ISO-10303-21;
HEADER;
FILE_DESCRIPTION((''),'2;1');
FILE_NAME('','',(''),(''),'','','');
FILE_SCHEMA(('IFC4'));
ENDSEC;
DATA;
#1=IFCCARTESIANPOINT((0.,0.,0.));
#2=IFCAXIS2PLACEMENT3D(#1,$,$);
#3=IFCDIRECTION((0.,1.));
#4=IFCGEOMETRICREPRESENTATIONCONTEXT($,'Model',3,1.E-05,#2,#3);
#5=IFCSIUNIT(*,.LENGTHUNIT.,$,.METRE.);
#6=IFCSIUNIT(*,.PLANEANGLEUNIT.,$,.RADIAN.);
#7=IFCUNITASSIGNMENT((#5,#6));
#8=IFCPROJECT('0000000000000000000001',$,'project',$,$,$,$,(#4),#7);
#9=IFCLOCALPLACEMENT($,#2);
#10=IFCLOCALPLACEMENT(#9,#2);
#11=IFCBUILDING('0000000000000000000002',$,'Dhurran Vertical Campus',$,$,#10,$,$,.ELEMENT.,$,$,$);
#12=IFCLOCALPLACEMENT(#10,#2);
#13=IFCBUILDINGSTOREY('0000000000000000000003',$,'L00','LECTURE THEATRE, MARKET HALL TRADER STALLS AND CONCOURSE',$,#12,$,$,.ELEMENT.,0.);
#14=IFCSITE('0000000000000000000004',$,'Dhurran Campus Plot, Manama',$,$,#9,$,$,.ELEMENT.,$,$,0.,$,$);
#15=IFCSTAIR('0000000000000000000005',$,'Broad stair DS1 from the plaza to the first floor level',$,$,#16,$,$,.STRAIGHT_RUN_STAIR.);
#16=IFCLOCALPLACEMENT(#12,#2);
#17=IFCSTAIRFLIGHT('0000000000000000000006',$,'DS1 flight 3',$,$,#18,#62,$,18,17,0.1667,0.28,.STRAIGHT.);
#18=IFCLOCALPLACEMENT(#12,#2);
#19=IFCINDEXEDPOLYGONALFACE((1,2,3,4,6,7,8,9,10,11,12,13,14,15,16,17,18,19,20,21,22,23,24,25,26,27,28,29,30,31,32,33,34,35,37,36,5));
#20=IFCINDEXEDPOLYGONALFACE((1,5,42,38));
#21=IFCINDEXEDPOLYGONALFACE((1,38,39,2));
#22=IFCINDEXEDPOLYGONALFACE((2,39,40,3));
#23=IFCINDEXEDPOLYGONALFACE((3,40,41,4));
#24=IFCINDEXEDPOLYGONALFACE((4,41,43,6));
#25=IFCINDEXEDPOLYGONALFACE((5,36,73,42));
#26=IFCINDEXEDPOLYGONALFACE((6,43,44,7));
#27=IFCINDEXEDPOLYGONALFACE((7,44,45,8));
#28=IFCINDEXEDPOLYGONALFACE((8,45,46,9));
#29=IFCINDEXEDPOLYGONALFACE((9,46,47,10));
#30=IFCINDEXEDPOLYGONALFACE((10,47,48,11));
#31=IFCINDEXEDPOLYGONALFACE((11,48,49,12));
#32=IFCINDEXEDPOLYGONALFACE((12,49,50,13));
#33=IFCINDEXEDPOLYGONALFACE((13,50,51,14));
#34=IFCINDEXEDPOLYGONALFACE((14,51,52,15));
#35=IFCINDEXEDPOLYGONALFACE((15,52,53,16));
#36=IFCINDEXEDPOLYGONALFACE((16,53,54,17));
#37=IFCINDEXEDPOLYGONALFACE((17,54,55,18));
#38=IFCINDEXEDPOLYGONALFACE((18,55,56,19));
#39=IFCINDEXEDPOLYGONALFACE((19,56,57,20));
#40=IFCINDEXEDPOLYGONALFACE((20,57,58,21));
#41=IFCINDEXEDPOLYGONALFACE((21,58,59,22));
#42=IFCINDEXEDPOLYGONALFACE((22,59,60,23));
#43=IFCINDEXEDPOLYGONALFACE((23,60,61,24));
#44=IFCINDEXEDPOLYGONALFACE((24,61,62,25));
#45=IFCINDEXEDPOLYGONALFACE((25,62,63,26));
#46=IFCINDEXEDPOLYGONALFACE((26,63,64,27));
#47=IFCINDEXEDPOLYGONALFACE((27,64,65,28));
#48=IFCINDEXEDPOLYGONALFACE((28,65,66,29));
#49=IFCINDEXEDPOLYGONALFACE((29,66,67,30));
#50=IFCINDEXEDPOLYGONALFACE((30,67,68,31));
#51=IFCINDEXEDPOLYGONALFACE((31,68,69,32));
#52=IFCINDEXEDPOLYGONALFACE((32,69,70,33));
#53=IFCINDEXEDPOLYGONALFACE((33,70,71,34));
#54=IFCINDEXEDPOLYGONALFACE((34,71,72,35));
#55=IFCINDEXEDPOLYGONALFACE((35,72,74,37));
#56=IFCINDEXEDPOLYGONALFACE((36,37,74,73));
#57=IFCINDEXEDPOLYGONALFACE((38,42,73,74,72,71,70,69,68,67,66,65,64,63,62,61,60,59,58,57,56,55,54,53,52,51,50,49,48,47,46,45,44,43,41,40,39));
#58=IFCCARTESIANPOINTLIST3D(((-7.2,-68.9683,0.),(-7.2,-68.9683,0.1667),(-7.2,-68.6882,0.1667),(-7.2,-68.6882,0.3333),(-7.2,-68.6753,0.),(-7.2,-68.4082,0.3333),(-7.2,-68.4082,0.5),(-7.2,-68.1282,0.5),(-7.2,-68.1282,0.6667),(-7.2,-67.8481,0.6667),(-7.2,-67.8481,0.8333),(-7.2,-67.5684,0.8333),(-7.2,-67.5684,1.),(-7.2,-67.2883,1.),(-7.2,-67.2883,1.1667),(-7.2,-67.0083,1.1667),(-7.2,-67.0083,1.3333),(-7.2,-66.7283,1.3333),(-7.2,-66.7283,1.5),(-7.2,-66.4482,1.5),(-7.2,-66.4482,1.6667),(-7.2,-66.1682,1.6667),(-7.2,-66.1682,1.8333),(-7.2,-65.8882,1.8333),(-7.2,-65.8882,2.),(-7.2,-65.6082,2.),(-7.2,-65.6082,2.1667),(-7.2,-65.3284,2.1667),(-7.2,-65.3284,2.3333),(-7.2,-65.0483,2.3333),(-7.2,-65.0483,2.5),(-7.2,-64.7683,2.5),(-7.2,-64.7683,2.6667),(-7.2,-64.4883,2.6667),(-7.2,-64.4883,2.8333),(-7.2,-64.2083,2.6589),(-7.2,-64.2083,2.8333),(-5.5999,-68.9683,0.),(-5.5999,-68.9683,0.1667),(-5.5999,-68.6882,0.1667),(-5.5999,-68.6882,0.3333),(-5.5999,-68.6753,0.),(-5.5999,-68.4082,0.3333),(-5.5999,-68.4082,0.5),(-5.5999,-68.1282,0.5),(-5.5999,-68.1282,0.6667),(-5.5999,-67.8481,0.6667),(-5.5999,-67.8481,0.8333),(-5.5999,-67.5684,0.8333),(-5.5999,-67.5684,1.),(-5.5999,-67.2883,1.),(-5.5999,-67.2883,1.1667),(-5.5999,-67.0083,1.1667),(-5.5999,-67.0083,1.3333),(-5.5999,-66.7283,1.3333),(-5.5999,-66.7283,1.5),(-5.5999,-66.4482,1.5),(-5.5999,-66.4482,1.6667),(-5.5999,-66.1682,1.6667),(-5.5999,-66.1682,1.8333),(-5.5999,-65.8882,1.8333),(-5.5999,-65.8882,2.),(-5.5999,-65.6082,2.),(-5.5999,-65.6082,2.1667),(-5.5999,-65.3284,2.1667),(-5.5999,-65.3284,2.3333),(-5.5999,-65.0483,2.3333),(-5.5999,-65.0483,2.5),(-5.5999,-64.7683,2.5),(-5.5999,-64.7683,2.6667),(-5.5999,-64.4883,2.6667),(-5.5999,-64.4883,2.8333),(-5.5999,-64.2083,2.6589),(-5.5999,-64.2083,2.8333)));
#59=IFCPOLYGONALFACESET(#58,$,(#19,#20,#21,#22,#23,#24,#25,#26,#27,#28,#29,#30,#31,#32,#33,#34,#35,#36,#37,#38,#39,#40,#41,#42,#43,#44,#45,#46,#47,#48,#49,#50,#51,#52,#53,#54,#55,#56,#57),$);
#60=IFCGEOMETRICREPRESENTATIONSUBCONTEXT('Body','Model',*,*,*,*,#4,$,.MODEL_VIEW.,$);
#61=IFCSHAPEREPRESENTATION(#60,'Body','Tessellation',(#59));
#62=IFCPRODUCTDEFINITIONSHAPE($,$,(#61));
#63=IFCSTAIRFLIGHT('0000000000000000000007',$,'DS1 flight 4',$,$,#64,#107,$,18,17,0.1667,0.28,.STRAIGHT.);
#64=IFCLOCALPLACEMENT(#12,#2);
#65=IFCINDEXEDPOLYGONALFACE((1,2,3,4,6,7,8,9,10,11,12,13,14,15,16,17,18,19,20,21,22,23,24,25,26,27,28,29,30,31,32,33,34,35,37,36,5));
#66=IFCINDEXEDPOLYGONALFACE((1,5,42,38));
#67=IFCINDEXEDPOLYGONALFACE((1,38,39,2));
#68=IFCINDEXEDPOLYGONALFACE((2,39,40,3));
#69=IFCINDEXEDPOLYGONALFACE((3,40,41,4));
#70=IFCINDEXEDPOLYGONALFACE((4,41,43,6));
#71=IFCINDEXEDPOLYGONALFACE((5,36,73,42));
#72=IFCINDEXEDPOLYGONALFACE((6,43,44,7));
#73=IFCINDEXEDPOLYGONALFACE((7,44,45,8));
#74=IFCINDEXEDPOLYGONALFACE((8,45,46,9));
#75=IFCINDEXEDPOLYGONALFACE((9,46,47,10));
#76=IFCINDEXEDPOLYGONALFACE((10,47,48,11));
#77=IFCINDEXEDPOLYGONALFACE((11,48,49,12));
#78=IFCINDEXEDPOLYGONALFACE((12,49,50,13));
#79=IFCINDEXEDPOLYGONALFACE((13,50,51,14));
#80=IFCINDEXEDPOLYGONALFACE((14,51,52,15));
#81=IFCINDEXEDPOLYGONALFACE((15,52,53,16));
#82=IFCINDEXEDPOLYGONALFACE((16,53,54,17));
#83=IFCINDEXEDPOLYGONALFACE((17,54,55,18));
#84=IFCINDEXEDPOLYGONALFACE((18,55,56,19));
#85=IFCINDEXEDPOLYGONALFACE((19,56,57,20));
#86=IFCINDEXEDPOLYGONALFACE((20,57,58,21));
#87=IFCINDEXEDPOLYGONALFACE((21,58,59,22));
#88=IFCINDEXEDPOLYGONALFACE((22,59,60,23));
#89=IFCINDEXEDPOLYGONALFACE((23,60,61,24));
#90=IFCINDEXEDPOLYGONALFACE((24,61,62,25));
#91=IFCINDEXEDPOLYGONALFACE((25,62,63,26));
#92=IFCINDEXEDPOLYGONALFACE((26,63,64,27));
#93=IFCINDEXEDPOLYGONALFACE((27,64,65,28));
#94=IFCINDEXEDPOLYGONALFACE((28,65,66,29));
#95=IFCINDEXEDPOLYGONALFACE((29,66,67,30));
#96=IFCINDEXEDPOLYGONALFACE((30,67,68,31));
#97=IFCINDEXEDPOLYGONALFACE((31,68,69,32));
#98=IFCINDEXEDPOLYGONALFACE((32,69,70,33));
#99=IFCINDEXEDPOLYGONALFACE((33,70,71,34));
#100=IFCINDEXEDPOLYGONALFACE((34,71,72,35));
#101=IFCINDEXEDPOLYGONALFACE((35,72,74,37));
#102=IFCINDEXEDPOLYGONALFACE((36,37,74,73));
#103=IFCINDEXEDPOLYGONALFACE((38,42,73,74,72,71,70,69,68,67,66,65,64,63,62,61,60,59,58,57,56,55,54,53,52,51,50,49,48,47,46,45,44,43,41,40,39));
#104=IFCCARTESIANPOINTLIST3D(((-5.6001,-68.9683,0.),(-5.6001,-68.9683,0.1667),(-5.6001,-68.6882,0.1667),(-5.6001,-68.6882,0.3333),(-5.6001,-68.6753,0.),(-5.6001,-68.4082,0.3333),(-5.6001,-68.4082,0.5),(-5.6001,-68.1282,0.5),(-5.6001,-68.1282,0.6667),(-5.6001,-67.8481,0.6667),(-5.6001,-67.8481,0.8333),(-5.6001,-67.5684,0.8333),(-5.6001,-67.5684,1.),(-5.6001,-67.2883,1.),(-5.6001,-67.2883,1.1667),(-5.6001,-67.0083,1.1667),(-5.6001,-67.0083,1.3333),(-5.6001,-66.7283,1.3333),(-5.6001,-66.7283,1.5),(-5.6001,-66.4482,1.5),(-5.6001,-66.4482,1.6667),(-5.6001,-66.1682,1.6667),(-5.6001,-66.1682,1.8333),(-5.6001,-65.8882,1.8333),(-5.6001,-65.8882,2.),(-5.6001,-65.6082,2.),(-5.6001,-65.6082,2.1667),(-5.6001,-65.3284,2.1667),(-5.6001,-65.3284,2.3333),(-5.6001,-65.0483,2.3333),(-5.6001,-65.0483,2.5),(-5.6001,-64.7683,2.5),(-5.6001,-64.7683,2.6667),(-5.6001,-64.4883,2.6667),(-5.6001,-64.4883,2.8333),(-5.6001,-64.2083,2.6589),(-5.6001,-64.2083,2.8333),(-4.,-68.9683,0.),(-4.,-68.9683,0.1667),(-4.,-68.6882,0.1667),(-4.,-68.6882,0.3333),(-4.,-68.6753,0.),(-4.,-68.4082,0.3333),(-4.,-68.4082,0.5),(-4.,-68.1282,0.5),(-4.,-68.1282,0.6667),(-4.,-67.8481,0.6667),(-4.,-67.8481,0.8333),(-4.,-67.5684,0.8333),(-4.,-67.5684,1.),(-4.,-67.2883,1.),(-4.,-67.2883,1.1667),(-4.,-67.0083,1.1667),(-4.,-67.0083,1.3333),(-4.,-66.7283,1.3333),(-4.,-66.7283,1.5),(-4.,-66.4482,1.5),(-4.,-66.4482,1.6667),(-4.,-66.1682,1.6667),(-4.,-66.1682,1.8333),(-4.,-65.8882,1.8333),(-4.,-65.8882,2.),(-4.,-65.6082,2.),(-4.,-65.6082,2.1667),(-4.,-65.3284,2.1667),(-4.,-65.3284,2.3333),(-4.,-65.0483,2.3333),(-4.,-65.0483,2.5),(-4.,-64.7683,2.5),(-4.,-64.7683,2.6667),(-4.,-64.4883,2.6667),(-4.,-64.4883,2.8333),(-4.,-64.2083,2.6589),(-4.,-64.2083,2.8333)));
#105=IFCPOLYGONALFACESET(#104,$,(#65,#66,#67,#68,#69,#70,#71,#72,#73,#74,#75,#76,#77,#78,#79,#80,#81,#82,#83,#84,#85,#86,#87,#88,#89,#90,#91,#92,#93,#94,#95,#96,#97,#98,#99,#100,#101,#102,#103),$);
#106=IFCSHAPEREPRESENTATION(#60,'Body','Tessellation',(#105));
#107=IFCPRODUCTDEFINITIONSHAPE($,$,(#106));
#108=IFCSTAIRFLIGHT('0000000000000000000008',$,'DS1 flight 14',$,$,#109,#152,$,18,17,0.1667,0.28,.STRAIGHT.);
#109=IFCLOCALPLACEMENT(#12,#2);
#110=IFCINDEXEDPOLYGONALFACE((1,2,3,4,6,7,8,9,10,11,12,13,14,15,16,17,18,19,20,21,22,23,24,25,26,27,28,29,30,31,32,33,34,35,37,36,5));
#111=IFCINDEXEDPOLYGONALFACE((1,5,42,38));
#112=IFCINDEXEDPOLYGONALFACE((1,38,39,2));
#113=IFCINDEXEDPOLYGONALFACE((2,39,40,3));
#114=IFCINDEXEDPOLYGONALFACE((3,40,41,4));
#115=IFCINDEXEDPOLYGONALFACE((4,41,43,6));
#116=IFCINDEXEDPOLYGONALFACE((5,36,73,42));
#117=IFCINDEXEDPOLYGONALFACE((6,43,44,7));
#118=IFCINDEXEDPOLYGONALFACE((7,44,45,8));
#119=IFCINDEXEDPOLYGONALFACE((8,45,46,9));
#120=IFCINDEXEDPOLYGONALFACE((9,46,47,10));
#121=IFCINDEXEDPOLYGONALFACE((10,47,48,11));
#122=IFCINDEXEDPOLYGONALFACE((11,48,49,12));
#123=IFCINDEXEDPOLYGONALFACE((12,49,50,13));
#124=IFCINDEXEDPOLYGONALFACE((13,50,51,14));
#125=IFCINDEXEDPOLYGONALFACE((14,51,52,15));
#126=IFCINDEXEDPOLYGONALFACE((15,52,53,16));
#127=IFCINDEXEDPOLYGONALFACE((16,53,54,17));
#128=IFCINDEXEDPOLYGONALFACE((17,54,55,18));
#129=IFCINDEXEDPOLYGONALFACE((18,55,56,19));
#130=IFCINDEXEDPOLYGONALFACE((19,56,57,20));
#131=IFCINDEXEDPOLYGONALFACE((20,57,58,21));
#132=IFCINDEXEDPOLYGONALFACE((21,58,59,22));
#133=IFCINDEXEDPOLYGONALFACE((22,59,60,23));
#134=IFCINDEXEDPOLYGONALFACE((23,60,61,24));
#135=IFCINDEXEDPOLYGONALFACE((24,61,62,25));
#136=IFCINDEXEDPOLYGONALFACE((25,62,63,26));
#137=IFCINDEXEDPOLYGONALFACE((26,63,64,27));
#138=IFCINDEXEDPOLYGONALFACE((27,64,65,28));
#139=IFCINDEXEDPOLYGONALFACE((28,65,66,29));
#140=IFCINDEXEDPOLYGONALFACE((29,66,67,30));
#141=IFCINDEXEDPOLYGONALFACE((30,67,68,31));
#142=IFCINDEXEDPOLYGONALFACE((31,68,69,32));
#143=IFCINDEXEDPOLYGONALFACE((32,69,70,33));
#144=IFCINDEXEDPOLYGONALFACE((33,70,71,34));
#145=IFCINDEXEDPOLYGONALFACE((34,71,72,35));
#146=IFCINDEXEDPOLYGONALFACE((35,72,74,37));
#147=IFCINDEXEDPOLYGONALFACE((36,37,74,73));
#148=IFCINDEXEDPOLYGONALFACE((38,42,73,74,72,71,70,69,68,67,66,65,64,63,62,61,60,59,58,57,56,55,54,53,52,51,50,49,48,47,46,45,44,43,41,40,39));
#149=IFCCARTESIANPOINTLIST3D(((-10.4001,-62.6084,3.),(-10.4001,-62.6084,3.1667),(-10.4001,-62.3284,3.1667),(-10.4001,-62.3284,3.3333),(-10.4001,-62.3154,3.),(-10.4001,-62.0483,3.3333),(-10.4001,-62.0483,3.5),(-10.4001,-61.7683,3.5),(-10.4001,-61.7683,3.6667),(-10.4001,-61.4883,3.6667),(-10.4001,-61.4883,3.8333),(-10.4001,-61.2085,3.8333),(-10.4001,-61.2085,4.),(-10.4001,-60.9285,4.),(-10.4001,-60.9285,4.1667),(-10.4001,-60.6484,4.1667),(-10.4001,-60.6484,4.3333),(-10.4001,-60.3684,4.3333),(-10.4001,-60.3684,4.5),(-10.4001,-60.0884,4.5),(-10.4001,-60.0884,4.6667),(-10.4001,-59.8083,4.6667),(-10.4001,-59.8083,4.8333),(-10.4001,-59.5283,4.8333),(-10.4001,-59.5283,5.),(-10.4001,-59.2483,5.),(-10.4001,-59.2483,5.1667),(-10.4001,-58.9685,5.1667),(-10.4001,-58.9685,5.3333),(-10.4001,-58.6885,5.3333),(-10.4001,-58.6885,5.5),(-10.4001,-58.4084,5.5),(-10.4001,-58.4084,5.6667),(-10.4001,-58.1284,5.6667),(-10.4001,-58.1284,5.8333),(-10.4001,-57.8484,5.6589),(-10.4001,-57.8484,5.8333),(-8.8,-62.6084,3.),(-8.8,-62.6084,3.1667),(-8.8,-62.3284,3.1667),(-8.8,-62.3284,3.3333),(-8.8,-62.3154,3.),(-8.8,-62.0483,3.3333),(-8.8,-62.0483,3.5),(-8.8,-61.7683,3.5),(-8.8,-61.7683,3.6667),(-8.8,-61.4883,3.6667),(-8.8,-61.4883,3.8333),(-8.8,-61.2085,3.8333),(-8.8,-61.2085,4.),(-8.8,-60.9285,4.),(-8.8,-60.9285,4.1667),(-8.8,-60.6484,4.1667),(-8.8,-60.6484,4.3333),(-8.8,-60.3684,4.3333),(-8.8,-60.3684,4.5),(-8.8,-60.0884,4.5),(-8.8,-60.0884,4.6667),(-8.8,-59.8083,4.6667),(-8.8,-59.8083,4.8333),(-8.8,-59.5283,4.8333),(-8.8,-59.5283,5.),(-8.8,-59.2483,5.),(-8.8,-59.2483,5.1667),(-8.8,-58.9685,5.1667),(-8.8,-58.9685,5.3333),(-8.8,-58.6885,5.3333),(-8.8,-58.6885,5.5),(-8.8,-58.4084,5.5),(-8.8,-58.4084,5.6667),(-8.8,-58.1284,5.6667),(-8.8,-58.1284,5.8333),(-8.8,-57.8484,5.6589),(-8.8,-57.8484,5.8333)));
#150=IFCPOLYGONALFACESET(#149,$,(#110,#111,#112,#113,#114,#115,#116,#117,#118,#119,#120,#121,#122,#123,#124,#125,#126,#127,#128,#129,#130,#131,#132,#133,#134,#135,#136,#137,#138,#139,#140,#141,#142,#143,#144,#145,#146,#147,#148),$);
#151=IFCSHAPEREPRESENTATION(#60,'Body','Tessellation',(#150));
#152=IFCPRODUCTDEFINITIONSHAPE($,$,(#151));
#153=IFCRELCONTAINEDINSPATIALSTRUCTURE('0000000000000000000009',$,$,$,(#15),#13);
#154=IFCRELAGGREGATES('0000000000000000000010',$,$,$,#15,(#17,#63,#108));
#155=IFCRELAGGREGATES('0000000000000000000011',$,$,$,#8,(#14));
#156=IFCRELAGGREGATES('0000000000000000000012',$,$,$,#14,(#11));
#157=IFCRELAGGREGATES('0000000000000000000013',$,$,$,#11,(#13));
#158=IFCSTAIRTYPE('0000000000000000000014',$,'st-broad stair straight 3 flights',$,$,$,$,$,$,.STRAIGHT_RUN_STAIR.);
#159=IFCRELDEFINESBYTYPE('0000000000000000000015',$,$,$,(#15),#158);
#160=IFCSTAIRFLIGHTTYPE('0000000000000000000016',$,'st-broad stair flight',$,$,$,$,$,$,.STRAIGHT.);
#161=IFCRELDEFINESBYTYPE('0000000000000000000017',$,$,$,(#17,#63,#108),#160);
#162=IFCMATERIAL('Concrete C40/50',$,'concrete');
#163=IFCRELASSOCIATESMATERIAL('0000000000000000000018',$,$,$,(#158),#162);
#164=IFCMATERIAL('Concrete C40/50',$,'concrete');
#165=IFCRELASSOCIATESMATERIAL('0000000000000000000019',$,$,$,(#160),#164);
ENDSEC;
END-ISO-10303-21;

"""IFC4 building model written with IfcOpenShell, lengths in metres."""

from ifc_helpers import new_model, si_unit, direction, frame, origin, place, context, subcontext, project, spatial, polyline, outline, extrude, material, type_object, element, aggregate, save


model = new_model("IFC4")

# Units and contexts
model_context = context("Model", 3, precision=1e-05, world=origin(), true_north=direction((0.0, 1.0)))
body_context = subcontext(model_context, "Body", "Model", "MODEL_VIEW")
ifc_project = project(units=[si_unit("LENGTHUNIT", "METRE"), si_unit("PLANEANGLEUNIT", "RADIAN")], contexts=[model_context])

# Site, building, storey
site_placement = place(None, origin())
site = spatial("IfcSite", under=ifc_project, at=site_placement, Name="Dhurran Campus Plot, Manama", CompositionType="ELEMENT", RefElevation=0.0)
building_placement = place(site_placement, origin())
building = spatial("IfcBuilding", under=site, at=building_placement, Name="Dhurran Vertical Campus", CompositionType="ELEMENT")
storey_placement = place(building_placement, origin())
storey = spatial("IfcBuildingStorey", under=building, at=storey_placement, Name="L00", Description="LECTURE THEATRE, MARKET HALL TRADER STALLS AND CONCOURSE", CompositionType="ELEMENT", Elevation=0.0)

# Stair, stair flights
ifc_material_1 = material(Name="Concrete C40/50", Category="concrete")
stair_type = type_object("IfcStairType", Name="st-broad stair straight 3 flights", PredefinedType="STRAIGHT_RUN_STAIR", material=ifc_material_1)
stair_placement = place(storey_placement, origin())
stair = element("IfcStair", 1, at=stair_placement, inside=storey, type_object=stair_type, Name="Broad stair DS1 from the plaza to the first floor level", PredefinedType="STRAIGHT_RUN_STAIR")
ifc_material_2 = material(Name="Concrete C40/50", Category="concrete")
stair_flight_type = type_object("IfcStairFlightType", Name="st-broad stair flight", PredefinedType="STRAIGHT", material=ifc_material_2)
stair_flight_1_placement = place(storey_placement, frame((-6.3999, -68.9683, 0.0), z_axis=(0.0, 0.0, 1.0), x_axis=(0.0, 1.0, 0.0)))
stair_flight_1 = element("IfcStairFlight", 2, at=stair_flight_1_placement, type_object=stair_flight_type, Name="DS1 flight 3", NumberOfRisers=18, NumberOfTreads=17, PredefinedType="STRAIGHT", RiserHeight=0.1667, TreadLength=0.28, context=body_context, shape_type="SweptSolid", body=[
    extrude(outline(polyline([(0.0, 0.0), (0.0, 0.1667), (0.28, 0.1667), (0.28, 0.3333), (0.5601, 0.3333), (0.5601, 0.5), (0.8401, 0.5), (0.8401, 0.6667), (1.1201, 0.6667), (1.1201, 0.8333), (1.3999, 0.8333), (1.3999, 1.0), (1.6799, 1.0), (1.6799, 1.1667), (1.96, 1.1667), (1.96, 1.3333), (2.24, 1.3333), (2.24, 1.5), (2.52, 1.5), (2.52, 1.6667), (2.8, 1.6667), (2.8, 1.8333), (3.0801, 1.8333), (3.0801, 2.0), (3.3601, 2.0), (3.3601, 2.1667), (3.6399, 2.1667), (3.6399, 2.3333), (3.9199, 2.3333), (3.9199, 2.5), (4.2, 2.5), (4.2, 2.6667), (4.48, 2.6667), (4.48, 2.8333), (4.76, 2.8333), (4.76, 3.0), (4.76, 2.6589), (0.293, 0.0), (0.0, 0.0)])), frame((0.0, 0.8, 0.0), z_axis=(0.0, -1.0, 0.0), x_axis=(1.0, 0.0, 0.0)), (0.0, 0.0, 1.0), 1.6001),
])
stair_flight_2_placement = place(storey_placement, frame((-4.8, -68.9683, 0.0), z_axis=(0.0, 0.0, 1.0), x_axis=(0.0, 1.0, 0.0)))
stair_flight_2 = element("IfcStairFlight", 3, at=stair_flight_2_placement, type_object=stair_flight_type, Name="DS1 flight 4", NumberOfRisers=18, NumberOfTreads=17, PredefinedType="STRAIGHT", RiserHeight=0.1667, TreadLength=0.28, context=body_context, shape_type="SweptSolid", body=[
    extrude(outline(polyline([(0.0, 0.0), (0.0, 0.1667), (0.28, 0.1667), (0.28, 0.3333), (0.5601, 0.3333), (0.5601, 0.5), (0.8401, 0.5), (0.8401, 0.6667), (1.1201, 0.6667), (1.1201, 0.8333), (1.3999, 0.8333), (1.3999, 1.0), (1.6799, 1.0), (1.6799, 1.1667), (1.96, 1.1667), (1.96, 1.3333), (2.24, 1.3333), (2.24, 1.5), (2.52, 1.5), (2.52, 1.6667), (2.8, 1.6667), (2.8, 1.8333), (3.0801, 1.8333), (3.0801, 2.0), (3.3601, 2.0), (3.3601, 2.1667), (3.6399, 2.1667), (3.6399, 2.3333), (3.9199, 2.3333), (3.9199, 2.5), (4.2, 2.5), (4.2, 2.6667), (4.48, 2.6667), (4.48, 2.8333), (4.76, 2.8333), (4.76, 3.0), (4.76, 2.6589), (0.293, 0.0), (0.0, 0.0)])), frame((0.0, 0.8, 0.0), z_axis=(0.0, -1.0, 0.0), x_axis=(1.0, 0.0, 0.0)), (0.0, 0.0, 1.0), 1.6001),
])
stair_flight_3_placement = place(storey_placement, frame((-9.6001, -62.6084, 3.0), z_axis=(0.0, 0.0, 1.0), x_axis=(0.0, 1.0, 0.0)))
stair_flight_3 = element("IfcStairFlight", 4, at=stair_flight_3_placement, type_object=stair_flight_type, Name="DS1 flight 14", NumberOfRisers=18, NumberOfTreads=17, PredefinedType="STRAIGHT", RiserHeight=0.1667, TreadLength=0.28, context=body_context, shape_type="SweptSolid", body=[
    extrude(outline(polyline([(0.0, 0.0), (0.0, 0.1667), (0.28, 0.1667), (0.28, 0.3333), (0.5601, 0.3333), (0.5601, 0.5), (0.8401, 0.5), (0.8401, 0.6667), (1.1201, 0.6667), (1.1201, 0.8333), (1.3999, 0.8333), (1.3999, 1.0), (1.6799, 1.0), (1.6799, 1.1667), (1.96, 1.1667), (1.96, 1.3333), (2.24, 1.3333), (2.24, 1.5), (2.52, 1.5), (2.52, 1.6667), (2.8, 1.6667), (2.8, 1.8333), (3.0801, 1.8333), (3.0801, 2.0), (3.3601, 2.0), (3.3601, 2.1667), (3.6399, 2.1667), (3.6399, 2.3333), (3.9199, 2.3333), (3.9199, 2.5), (4.2, 2.5), (4.2, 2.6667), (4.48, 2.6667), (4.48, 2.8333), (4.76, 2.8333), (4.76, 3.0), (4.76, 2.6589), (0.293, 0.0), (0.0, 0.0)])), frame((0.0, 0.8, 0.0), z_axis=(0.0, -1.0, 0.0), x_axis=(1.0, 0.0, 0.0)), (0.0, 0.0, 1.0), 1.6001),
])
aggregate(stair, [stair_flight_1, stair_flight_2, stair_flight_3])

save(model, "model.ifc")
